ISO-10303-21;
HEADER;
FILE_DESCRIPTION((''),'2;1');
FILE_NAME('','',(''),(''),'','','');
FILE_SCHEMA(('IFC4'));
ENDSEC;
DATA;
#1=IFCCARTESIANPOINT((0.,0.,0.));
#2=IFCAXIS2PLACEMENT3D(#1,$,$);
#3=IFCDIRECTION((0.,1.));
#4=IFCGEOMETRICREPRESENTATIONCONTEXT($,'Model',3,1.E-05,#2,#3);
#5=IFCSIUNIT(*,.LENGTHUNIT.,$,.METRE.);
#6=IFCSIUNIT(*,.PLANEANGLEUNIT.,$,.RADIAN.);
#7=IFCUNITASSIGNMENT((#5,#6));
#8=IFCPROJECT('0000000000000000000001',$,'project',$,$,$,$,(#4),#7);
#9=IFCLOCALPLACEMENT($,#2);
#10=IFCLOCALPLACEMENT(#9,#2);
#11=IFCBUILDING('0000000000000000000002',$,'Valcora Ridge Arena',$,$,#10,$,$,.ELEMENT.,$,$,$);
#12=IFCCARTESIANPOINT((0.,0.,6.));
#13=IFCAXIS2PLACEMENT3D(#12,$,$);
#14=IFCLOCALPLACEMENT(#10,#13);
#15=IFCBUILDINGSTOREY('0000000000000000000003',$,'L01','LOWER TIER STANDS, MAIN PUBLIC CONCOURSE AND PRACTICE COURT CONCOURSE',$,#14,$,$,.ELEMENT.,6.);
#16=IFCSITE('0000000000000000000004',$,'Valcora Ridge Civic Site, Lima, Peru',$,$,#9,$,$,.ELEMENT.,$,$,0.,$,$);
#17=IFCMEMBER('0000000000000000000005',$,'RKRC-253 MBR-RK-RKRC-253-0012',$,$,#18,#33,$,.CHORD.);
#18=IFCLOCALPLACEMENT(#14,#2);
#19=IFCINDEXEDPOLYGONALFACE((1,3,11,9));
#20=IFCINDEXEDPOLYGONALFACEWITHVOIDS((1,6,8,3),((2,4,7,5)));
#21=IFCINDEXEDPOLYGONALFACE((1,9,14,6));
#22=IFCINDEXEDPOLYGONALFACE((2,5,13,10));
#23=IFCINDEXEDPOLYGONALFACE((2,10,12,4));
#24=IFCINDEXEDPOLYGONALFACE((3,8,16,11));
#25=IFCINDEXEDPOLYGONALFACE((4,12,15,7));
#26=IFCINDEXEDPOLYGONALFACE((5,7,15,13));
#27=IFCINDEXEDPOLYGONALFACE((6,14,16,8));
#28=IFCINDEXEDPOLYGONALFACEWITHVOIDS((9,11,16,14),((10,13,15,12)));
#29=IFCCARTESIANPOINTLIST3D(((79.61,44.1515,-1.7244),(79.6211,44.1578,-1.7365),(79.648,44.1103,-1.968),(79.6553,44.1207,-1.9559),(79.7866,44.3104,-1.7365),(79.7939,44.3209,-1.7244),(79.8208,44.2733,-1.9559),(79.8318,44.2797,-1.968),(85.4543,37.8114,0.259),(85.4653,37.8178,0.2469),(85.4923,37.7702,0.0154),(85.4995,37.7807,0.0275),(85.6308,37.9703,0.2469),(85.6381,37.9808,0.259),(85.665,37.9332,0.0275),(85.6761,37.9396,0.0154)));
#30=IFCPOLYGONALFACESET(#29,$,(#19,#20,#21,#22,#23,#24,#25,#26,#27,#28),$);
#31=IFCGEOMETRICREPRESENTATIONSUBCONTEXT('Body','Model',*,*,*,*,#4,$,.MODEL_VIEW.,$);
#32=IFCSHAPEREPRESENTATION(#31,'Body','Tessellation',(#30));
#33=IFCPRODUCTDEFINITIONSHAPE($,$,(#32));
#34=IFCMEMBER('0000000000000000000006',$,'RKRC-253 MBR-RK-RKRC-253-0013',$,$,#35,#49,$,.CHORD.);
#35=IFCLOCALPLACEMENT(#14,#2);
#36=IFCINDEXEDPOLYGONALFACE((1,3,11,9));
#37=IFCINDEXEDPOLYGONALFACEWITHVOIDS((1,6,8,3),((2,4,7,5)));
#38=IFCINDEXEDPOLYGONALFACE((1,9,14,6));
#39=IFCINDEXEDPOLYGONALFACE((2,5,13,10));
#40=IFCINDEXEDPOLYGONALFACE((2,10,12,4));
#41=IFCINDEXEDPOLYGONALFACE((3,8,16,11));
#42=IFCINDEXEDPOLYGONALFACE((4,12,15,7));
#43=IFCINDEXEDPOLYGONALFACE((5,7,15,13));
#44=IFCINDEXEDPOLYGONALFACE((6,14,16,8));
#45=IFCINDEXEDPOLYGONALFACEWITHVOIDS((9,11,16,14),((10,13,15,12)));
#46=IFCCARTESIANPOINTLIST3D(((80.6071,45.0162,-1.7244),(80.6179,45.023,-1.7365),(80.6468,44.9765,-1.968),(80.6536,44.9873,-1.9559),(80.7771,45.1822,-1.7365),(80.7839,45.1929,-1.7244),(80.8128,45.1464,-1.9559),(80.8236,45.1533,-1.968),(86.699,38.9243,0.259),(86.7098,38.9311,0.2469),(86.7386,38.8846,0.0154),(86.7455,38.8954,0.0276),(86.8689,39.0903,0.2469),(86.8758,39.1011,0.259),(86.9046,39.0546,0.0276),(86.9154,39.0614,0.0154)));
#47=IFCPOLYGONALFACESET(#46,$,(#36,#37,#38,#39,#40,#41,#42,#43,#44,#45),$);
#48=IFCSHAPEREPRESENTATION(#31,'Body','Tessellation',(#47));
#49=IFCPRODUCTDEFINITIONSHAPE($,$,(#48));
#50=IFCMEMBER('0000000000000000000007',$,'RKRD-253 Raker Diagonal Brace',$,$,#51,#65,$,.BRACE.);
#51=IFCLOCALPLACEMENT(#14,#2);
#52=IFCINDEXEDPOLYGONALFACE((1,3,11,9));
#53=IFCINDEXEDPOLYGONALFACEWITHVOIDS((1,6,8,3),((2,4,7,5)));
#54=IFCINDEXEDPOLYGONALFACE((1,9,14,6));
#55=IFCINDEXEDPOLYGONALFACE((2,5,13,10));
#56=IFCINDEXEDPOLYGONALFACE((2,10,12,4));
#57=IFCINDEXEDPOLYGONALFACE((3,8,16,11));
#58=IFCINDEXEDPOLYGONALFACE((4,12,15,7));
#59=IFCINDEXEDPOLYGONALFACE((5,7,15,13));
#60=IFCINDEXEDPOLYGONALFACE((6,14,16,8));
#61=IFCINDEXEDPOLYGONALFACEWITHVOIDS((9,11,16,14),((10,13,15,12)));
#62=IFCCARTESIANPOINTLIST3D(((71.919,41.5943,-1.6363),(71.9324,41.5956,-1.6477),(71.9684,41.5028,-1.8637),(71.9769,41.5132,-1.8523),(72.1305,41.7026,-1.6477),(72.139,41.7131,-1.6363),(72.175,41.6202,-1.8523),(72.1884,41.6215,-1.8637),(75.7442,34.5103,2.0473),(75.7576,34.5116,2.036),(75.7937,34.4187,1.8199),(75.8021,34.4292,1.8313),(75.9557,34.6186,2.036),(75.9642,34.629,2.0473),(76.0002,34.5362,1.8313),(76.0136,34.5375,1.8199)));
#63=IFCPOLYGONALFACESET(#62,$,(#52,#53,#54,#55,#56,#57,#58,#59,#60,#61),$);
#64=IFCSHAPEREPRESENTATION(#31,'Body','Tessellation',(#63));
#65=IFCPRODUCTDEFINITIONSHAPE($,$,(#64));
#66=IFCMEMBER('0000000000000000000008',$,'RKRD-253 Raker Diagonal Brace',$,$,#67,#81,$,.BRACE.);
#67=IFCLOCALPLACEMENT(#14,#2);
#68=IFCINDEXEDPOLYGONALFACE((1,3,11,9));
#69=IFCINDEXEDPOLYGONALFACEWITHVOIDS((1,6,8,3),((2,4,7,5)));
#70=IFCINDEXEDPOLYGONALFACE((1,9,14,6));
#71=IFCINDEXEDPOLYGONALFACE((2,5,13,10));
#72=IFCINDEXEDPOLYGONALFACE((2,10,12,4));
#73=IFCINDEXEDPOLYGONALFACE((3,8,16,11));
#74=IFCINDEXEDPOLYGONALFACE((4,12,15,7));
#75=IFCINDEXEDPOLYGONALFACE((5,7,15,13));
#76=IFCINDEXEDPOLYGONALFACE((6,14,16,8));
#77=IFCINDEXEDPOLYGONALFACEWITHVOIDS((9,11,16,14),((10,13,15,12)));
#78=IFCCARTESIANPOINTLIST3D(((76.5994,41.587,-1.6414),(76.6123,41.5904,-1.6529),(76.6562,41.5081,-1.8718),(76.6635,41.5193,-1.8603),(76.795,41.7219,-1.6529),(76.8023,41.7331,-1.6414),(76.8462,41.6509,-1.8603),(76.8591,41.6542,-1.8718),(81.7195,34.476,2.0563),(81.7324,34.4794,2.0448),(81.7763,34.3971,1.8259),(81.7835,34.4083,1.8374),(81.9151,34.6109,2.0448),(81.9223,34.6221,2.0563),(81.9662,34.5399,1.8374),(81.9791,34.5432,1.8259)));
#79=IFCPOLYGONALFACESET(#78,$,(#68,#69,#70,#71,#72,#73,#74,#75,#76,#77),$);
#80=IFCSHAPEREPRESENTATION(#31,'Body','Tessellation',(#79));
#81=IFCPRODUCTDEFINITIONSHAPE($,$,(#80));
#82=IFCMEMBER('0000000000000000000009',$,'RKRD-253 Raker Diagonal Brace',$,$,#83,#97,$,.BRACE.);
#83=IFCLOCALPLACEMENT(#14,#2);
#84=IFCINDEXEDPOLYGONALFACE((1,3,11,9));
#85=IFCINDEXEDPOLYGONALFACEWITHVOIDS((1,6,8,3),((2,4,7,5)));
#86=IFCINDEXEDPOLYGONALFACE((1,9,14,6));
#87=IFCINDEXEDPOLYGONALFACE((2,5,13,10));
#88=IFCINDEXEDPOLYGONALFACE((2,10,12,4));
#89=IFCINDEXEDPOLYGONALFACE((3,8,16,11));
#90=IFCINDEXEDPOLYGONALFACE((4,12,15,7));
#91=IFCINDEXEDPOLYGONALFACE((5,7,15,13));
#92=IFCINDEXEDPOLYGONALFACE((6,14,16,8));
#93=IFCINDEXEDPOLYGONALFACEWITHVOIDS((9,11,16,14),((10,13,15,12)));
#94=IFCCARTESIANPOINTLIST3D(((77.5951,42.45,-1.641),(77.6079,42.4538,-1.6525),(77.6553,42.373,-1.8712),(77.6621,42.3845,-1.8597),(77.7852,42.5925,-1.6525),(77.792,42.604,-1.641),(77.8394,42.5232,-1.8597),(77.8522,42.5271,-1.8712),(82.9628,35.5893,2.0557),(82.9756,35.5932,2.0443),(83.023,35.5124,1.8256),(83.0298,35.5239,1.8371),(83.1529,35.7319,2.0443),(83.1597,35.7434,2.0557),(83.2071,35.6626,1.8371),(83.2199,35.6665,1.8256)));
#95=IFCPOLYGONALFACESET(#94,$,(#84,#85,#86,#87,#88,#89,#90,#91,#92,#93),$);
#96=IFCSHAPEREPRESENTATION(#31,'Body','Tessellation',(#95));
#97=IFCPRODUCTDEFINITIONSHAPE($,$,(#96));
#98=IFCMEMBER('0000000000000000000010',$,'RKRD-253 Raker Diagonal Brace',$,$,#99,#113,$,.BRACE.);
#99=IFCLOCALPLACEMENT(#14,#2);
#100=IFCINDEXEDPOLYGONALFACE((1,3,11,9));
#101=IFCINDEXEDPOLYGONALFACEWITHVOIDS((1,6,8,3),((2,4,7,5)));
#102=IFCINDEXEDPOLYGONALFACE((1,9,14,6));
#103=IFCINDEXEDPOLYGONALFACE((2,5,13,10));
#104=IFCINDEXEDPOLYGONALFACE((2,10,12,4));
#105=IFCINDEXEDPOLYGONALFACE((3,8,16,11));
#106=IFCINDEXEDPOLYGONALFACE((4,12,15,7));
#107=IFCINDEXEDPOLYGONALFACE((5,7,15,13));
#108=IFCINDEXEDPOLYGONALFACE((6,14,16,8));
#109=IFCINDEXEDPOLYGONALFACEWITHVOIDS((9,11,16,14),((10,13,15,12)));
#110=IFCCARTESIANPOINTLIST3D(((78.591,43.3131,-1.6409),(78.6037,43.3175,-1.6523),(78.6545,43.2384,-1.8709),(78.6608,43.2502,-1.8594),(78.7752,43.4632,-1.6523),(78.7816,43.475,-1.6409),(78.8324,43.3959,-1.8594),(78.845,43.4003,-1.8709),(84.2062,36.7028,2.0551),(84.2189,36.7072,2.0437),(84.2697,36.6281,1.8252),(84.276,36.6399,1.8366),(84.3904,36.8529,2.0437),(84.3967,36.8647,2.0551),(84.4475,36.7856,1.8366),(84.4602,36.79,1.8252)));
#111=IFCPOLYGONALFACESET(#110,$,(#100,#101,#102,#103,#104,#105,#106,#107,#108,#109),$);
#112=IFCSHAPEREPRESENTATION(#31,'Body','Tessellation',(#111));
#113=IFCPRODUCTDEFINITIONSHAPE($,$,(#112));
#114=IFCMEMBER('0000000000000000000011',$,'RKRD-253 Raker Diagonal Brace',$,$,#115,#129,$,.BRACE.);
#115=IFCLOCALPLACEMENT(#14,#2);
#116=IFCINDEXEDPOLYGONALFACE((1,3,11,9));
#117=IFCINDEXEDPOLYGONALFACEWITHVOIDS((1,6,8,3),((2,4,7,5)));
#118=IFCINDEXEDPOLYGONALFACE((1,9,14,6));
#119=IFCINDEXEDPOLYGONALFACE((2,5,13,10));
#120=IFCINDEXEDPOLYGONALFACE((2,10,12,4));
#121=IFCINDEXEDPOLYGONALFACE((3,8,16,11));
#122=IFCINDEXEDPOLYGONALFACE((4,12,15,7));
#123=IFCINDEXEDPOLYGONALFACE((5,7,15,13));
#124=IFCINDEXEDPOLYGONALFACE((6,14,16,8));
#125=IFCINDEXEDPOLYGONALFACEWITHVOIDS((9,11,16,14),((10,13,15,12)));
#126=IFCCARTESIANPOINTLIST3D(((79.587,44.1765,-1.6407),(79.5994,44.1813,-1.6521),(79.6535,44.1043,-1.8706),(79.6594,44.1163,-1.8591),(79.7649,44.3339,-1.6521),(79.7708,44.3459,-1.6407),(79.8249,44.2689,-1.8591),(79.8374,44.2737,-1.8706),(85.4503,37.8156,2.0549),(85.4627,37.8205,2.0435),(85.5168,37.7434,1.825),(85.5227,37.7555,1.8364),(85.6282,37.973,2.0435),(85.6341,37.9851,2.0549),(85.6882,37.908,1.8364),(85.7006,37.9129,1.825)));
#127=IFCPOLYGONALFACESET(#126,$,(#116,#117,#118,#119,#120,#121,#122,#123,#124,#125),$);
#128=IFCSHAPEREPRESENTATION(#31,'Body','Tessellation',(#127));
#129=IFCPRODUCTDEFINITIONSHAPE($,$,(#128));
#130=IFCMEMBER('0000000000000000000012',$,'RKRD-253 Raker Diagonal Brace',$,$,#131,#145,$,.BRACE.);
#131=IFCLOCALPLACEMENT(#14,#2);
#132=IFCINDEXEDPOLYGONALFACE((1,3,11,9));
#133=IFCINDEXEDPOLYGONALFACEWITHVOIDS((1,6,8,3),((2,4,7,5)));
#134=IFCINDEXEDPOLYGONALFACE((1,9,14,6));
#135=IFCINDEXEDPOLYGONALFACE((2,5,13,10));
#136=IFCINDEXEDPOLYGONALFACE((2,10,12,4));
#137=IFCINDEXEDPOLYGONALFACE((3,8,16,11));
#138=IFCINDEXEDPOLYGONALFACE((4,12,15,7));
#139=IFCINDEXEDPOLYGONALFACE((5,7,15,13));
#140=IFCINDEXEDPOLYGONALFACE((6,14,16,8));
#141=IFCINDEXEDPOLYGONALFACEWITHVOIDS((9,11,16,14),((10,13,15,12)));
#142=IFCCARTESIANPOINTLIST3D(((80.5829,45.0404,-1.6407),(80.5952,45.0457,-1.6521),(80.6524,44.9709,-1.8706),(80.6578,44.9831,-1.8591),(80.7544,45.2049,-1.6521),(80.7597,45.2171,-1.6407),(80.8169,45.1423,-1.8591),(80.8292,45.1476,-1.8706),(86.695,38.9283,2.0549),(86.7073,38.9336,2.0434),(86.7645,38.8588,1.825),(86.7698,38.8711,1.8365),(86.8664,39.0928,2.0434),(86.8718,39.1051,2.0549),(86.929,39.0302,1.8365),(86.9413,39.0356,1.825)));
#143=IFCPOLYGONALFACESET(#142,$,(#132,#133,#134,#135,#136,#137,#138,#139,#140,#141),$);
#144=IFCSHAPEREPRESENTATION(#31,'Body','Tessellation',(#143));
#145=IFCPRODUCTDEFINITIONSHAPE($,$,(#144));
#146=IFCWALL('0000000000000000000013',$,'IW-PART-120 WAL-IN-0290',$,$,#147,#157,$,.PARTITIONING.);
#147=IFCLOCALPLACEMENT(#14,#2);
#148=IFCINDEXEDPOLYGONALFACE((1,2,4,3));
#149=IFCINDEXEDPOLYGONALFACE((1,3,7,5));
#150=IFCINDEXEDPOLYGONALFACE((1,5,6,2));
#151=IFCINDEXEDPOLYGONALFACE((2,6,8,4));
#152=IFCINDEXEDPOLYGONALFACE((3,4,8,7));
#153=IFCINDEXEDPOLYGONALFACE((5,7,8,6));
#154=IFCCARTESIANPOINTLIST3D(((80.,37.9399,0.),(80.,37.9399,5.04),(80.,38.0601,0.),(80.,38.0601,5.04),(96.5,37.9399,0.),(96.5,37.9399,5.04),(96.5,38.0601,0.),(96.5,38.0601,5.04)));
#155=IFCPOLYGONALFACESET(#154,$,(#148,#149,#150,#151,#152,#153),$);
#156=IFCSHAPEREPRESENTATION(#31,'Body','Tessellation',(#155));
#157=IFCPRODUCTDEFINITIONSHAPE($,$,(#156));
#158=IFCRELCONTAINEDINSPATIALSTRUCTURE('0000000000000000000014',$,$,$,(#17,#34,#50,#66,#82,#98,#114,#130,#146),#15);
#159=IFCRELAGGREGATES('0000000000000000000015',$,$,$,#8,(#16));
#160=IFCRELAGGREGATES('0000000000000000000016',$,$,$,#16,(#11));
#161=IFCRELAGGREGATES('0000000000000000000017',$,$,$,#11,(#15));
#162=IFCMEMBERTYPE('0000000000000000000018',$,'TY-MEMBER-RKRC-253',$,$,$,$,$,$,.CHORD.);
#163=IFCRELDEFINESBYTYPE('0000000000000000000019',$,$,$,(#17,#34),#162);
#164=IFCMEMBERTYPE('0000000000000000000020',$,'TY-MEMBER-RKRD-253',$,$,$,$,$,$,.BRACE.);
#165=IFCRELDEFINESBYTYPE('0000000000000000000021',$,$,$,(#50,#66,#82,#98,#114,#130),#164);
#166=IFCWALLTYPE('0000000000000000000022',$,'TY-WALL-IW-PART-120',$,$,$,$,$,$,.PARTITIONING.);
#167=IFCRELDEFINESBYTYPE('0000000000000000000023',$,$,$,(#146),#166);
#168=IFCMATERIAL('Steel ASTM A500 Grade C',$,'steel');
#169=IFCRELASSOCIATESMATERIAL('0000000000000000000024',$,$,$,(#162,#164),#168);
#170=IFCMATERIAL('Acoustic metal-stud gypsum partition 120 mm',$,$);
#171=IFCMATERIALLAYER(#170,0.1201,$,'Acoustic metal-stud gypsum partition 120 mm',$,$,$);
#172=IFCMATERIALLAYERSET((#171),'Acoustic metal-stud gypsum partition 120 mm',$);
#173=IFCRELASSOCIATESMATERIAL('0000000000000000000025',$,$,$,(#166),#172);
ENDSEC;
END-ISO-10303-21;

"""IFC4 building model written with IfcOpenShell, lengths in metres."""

from ifc_helpers import new_model, si_unit, direction, frame, frame_2d, origin, origin_2d, place, context, subcontext, project, spatial, rectangle, hollow_rectangle, extrude, material, layer, layer_set, material_profile, profile_set, type_object, element, save


model = new_model("IFC4")

# Units and contexts
model_context = context("Model", 3, precision=1e-05, world=origin(), true_north=direction((0.0, 1.0)))
body_context = subcontext(model_context, "Body", "Model", "MODEL_VIEW")
ifc_project = project(units=[si_unit("LENGTHUNIT", "METRE"), si_unit("PLANEANGLEUNIT", "RADIAN")], contexts=[model_context])

# Site, building, storey
site_placement = place(None, origin())
site = spatial("IfcSite", under=ifc_project, at=site_placement, Name="Valcora Ridge Civic Site, Lima, Peru", CompositionType="ELEMENT", RefElevation=0.0)
building_placement = place(site_placement, origin())
building = spatial("IfcBuilding", under=site, at=building_placement, Name="Valcora Ridge Arena", CompositionType="ELEMENT")
storey_placement = place(building_placement, frame((0.0, 0.0, 6.0)))
storey = spatial("IfcBuildingStorey", under=building, at=storey_placement, Name="L01", Description="LOWER TIER STANDS, MAIN PUBLIC CONCOURSE AND PRACTICE COURT CONCOURSE", CompositionType="ELEMENT", Elevation=6.0)

# Members
ifc_material_1 = material(Name="Steel ASTM A500 Grade C", Category="steel")
ifc_material_profile_1 = material_profile(ifc_material_1, hollow_rectangle(XDim=0.25, YDim=0.25, WallThickness=0.0125, at=origin_2d()), Name="HSS250X250X12")
ifc_profile_set_1 = profile_set([ifc_material_profile_1], Name="Steel ASTM A500 Grade C")
member_type_1 = type_object("IfcMemberType", Name="TY-MEMBER-RKRC-253", PredefinedType="CHORD", material=ifc_profile_set_1)
member_1_placement = place(storey_placement, frame((79.7209, 44.2156, -1.8462), z_axis=(0.660521, -0.716562, 0.224165), x_axis=(0.735274, 0.67777, 0.0)))
element("IfcMember", 1, at=member_1_placement, inside=storey, type_object=member_type_1, Name="RKRC-253 MBR-RK-RKRC-253-0012", PredefinedType="CHORD", context=body_context, shape_type="SweptSolid", body=[
    extrude(hollow_rectangle(XDim=0.25, YDim=0.25, WallThickness=0.0125, at=origin_2d()), origin(), (0.0, 0.0, 1.0), 8.8479),
])
member_2_placement = place(storey_placement, frame((80.7153, 45.0847, -1.8462), z_axis=(0.689081, -0.689081, 0.224354), x_axis=(0.707107, 0.707107, 0.0)))
element("IfcMember", 2, at=member_2_placement, inside=storey, type_object=member_type_1, Name="RKRC-253 MBR-RK-RKRC-253-0013", PredefinedType="CHORD", context=body_context, shape_type="SweptSolid", body=[
    extrude(hollow_rectangle(XDim=0.25, YDim=0.25, WallThickness=0.0125, at=origin_2d()), origin(), (0.0, 0.0, 1.0), 8.8406),
])
ifc_material_profile_2 = material_profile(ifc_material_1, hollow_rectangle(XDim=0.25, YDim=0.25, WallThickness=0.0125, at=origin_2d()), Name="HSS250X250X12")
ifc_profile_set_2 = profile_set([ifc_material_profile_2], Name="Steel ASTM A500 Grade C")
member_type_2 = type_object("IfcMemberType", Name="TY-MEMBER-RKRD-253", PredefinedType="BRACE", material=ifc_profile_set_2)
member_3_placement = place(storey_placement, frame((72.0537, 41.6079, -1.75), z_axis=(0.432056, -0.800137, 0.416062), x_axis=(0.879914, 0.475134, 0.0)))
element("IfcMember", 3, at=member_3_placement, inside=storey, type_object=member_type_2, Name="RKRD-253 Raker Diagonal Brace", PredefinedType="BRACE", context=body_context, shape_type="SweptSolid", body=[
    extrude(hollow_rectangle(XDim=0.25, YDim=0.25, WallThickness=0.0125, at=origin_2d()), origin(), (0.0, 0.0, 1.0), 8.8535),
])
member_4_placement = place(storey_placement, frame((76.7292, 41.6206, -1.7566), z_axis=(0.538344, -0.74768, 0.388793), x_axis=(0.811527, 0.584315, 0.0)))
element("IfcMember", 4, at=member_4_placement, inside=storey, type_object=member_type_2, Name="RKRD-253 Raker Diagonal Brace", PredefinedType="BRACE", context=body_context, shape_type="SweptSolid", body=[
    extrude(hollow_rectangle(XDim=0.25, YDim=0.25, WallThickness=0.0125, at=origin_2d()), origin(), (0.0, 0.0, 1.0), 9.5107),
])
member_5_placement = place(storey_placement, frame((77.7236, 42.4885, -1.7561), z_axis=(0.567236, -0.725002, 0.390661), x_axis=(0.787588, 0.616202, 0.0)))
element("IfcMember", 5, at=member_5_placement, inside=storey, type_object=member_type_2, Name="RKRD-253 Raker Diagonal Brace", PredefinedType="BRACE", context=body_context, shape_type="SweptSolid", body=[
    extrude(hollow_rectangle(XDim=0.25, YDim=0.25, WallThickness=0.0125, at=origin_2d()), origin(), (0.0, 0.0, 1.0), 9.4629),
])
member_6_placement = place(storey_placement, frame((78.718, 43.3567, -1.7559), z_axis=(0.595587, -0.701136, 0.392026), x_axis=(0.762142, 0.64741, 0.0)))
element("IfcMember", 6, at=member_6_placement, inside=storey, type_object=member_type_2, Name="RKRD-253 Raker Diagonal Brace", PredefinedType="BRACE", context=body_context, shape_type="SweptSolid", body=[
    extrude(hollow_rectangle(XDim=0.25, YDim=0.25, WallThickness=0.0125, at=origin_2d()), origin(), (0.0, 0.0, 1.0), 9.428),
])
member_7_placement = place(storey_placement, frame((79.7122, 44.2251, -1.7556), z_axis=(0.623276, -0.676167, 0.392843), x_axis=(0.735279, 0.677764, 0.0)))
element("IfcMember", 7, at=member_7_placement, inside=storey, type_object=member_type_2, Name="RKRD-253 Raker Diagonal Brace", PredefinedType="BRACE", context=body_context, shape_type="SweptSolid", body=[
    extrude(hollow_rectangle(XDim=0.25, YDim=0.25, WallThickness=0.0125, at=origin_2d()), origin(), (0.0, 0.0, 1.0), 9.4072),
])
member_8_placement = place(storey_placement, frame((80.7061, 45.094, -1.7556), z_axis=(0.650176, -0.650176, 0.393118), x_axis=(0.707107, 0.707107, 0.0)))
element("IfcMember", 8, at=member_8_placement, inside=storey, type_object=member_type_2, Name="RKRD-253 Raker Diagonal Brace", PredefinedType="BRACE", context=body_context, shape_type="SweptSolid", body=[
    extrude(hollow_rectangle(XDim=0.25, YDim=0.25, WallThickness=0.0125, at=origin_2d()), origin(), (0.0, 0.0, 1.0), 9.4006),
])

# Wall
ifc_material_2 = material(Name="Acoustic metal-stud gypsum partition 120 mm")
ifc_layer = layer(ifc_material_2, 0.1201, Name="Acoustic metal-stud gypsum partition 120 mm")
ifc_layer_set = layer_set([ifc_layer], Name="Acoustic metal-stud gypsum partition 120 mm")
wall_type = type_object("IfcWallType", Name="TY-WALL-IW-PART-120", PredefinedType="PARTITIONING", material=ifc_layer_set)
wall_placement = place(storey_placement, frame((80.0, 38.0, 0.0), z_axis=(0.0, 0.0, 1.0), x_axis=(1.0, 0.0, 0.0)))
element("IfcWall", 9, at=wall_placement, inside=storey, type_object=wall_type, Name="IW-PART-120 WAL-IN-0290", PredefinedType="PARTITIONING", context=body_context, shape_type="SweptSolid", body=[
    extrude(rectangle(XDim=16.5, YDim=0.1201, at=frame_2d((8.25, 0.0))), origin(), (0.0, 0.0, 1.0), 5.04),
])

save(model, "model.ifc")
